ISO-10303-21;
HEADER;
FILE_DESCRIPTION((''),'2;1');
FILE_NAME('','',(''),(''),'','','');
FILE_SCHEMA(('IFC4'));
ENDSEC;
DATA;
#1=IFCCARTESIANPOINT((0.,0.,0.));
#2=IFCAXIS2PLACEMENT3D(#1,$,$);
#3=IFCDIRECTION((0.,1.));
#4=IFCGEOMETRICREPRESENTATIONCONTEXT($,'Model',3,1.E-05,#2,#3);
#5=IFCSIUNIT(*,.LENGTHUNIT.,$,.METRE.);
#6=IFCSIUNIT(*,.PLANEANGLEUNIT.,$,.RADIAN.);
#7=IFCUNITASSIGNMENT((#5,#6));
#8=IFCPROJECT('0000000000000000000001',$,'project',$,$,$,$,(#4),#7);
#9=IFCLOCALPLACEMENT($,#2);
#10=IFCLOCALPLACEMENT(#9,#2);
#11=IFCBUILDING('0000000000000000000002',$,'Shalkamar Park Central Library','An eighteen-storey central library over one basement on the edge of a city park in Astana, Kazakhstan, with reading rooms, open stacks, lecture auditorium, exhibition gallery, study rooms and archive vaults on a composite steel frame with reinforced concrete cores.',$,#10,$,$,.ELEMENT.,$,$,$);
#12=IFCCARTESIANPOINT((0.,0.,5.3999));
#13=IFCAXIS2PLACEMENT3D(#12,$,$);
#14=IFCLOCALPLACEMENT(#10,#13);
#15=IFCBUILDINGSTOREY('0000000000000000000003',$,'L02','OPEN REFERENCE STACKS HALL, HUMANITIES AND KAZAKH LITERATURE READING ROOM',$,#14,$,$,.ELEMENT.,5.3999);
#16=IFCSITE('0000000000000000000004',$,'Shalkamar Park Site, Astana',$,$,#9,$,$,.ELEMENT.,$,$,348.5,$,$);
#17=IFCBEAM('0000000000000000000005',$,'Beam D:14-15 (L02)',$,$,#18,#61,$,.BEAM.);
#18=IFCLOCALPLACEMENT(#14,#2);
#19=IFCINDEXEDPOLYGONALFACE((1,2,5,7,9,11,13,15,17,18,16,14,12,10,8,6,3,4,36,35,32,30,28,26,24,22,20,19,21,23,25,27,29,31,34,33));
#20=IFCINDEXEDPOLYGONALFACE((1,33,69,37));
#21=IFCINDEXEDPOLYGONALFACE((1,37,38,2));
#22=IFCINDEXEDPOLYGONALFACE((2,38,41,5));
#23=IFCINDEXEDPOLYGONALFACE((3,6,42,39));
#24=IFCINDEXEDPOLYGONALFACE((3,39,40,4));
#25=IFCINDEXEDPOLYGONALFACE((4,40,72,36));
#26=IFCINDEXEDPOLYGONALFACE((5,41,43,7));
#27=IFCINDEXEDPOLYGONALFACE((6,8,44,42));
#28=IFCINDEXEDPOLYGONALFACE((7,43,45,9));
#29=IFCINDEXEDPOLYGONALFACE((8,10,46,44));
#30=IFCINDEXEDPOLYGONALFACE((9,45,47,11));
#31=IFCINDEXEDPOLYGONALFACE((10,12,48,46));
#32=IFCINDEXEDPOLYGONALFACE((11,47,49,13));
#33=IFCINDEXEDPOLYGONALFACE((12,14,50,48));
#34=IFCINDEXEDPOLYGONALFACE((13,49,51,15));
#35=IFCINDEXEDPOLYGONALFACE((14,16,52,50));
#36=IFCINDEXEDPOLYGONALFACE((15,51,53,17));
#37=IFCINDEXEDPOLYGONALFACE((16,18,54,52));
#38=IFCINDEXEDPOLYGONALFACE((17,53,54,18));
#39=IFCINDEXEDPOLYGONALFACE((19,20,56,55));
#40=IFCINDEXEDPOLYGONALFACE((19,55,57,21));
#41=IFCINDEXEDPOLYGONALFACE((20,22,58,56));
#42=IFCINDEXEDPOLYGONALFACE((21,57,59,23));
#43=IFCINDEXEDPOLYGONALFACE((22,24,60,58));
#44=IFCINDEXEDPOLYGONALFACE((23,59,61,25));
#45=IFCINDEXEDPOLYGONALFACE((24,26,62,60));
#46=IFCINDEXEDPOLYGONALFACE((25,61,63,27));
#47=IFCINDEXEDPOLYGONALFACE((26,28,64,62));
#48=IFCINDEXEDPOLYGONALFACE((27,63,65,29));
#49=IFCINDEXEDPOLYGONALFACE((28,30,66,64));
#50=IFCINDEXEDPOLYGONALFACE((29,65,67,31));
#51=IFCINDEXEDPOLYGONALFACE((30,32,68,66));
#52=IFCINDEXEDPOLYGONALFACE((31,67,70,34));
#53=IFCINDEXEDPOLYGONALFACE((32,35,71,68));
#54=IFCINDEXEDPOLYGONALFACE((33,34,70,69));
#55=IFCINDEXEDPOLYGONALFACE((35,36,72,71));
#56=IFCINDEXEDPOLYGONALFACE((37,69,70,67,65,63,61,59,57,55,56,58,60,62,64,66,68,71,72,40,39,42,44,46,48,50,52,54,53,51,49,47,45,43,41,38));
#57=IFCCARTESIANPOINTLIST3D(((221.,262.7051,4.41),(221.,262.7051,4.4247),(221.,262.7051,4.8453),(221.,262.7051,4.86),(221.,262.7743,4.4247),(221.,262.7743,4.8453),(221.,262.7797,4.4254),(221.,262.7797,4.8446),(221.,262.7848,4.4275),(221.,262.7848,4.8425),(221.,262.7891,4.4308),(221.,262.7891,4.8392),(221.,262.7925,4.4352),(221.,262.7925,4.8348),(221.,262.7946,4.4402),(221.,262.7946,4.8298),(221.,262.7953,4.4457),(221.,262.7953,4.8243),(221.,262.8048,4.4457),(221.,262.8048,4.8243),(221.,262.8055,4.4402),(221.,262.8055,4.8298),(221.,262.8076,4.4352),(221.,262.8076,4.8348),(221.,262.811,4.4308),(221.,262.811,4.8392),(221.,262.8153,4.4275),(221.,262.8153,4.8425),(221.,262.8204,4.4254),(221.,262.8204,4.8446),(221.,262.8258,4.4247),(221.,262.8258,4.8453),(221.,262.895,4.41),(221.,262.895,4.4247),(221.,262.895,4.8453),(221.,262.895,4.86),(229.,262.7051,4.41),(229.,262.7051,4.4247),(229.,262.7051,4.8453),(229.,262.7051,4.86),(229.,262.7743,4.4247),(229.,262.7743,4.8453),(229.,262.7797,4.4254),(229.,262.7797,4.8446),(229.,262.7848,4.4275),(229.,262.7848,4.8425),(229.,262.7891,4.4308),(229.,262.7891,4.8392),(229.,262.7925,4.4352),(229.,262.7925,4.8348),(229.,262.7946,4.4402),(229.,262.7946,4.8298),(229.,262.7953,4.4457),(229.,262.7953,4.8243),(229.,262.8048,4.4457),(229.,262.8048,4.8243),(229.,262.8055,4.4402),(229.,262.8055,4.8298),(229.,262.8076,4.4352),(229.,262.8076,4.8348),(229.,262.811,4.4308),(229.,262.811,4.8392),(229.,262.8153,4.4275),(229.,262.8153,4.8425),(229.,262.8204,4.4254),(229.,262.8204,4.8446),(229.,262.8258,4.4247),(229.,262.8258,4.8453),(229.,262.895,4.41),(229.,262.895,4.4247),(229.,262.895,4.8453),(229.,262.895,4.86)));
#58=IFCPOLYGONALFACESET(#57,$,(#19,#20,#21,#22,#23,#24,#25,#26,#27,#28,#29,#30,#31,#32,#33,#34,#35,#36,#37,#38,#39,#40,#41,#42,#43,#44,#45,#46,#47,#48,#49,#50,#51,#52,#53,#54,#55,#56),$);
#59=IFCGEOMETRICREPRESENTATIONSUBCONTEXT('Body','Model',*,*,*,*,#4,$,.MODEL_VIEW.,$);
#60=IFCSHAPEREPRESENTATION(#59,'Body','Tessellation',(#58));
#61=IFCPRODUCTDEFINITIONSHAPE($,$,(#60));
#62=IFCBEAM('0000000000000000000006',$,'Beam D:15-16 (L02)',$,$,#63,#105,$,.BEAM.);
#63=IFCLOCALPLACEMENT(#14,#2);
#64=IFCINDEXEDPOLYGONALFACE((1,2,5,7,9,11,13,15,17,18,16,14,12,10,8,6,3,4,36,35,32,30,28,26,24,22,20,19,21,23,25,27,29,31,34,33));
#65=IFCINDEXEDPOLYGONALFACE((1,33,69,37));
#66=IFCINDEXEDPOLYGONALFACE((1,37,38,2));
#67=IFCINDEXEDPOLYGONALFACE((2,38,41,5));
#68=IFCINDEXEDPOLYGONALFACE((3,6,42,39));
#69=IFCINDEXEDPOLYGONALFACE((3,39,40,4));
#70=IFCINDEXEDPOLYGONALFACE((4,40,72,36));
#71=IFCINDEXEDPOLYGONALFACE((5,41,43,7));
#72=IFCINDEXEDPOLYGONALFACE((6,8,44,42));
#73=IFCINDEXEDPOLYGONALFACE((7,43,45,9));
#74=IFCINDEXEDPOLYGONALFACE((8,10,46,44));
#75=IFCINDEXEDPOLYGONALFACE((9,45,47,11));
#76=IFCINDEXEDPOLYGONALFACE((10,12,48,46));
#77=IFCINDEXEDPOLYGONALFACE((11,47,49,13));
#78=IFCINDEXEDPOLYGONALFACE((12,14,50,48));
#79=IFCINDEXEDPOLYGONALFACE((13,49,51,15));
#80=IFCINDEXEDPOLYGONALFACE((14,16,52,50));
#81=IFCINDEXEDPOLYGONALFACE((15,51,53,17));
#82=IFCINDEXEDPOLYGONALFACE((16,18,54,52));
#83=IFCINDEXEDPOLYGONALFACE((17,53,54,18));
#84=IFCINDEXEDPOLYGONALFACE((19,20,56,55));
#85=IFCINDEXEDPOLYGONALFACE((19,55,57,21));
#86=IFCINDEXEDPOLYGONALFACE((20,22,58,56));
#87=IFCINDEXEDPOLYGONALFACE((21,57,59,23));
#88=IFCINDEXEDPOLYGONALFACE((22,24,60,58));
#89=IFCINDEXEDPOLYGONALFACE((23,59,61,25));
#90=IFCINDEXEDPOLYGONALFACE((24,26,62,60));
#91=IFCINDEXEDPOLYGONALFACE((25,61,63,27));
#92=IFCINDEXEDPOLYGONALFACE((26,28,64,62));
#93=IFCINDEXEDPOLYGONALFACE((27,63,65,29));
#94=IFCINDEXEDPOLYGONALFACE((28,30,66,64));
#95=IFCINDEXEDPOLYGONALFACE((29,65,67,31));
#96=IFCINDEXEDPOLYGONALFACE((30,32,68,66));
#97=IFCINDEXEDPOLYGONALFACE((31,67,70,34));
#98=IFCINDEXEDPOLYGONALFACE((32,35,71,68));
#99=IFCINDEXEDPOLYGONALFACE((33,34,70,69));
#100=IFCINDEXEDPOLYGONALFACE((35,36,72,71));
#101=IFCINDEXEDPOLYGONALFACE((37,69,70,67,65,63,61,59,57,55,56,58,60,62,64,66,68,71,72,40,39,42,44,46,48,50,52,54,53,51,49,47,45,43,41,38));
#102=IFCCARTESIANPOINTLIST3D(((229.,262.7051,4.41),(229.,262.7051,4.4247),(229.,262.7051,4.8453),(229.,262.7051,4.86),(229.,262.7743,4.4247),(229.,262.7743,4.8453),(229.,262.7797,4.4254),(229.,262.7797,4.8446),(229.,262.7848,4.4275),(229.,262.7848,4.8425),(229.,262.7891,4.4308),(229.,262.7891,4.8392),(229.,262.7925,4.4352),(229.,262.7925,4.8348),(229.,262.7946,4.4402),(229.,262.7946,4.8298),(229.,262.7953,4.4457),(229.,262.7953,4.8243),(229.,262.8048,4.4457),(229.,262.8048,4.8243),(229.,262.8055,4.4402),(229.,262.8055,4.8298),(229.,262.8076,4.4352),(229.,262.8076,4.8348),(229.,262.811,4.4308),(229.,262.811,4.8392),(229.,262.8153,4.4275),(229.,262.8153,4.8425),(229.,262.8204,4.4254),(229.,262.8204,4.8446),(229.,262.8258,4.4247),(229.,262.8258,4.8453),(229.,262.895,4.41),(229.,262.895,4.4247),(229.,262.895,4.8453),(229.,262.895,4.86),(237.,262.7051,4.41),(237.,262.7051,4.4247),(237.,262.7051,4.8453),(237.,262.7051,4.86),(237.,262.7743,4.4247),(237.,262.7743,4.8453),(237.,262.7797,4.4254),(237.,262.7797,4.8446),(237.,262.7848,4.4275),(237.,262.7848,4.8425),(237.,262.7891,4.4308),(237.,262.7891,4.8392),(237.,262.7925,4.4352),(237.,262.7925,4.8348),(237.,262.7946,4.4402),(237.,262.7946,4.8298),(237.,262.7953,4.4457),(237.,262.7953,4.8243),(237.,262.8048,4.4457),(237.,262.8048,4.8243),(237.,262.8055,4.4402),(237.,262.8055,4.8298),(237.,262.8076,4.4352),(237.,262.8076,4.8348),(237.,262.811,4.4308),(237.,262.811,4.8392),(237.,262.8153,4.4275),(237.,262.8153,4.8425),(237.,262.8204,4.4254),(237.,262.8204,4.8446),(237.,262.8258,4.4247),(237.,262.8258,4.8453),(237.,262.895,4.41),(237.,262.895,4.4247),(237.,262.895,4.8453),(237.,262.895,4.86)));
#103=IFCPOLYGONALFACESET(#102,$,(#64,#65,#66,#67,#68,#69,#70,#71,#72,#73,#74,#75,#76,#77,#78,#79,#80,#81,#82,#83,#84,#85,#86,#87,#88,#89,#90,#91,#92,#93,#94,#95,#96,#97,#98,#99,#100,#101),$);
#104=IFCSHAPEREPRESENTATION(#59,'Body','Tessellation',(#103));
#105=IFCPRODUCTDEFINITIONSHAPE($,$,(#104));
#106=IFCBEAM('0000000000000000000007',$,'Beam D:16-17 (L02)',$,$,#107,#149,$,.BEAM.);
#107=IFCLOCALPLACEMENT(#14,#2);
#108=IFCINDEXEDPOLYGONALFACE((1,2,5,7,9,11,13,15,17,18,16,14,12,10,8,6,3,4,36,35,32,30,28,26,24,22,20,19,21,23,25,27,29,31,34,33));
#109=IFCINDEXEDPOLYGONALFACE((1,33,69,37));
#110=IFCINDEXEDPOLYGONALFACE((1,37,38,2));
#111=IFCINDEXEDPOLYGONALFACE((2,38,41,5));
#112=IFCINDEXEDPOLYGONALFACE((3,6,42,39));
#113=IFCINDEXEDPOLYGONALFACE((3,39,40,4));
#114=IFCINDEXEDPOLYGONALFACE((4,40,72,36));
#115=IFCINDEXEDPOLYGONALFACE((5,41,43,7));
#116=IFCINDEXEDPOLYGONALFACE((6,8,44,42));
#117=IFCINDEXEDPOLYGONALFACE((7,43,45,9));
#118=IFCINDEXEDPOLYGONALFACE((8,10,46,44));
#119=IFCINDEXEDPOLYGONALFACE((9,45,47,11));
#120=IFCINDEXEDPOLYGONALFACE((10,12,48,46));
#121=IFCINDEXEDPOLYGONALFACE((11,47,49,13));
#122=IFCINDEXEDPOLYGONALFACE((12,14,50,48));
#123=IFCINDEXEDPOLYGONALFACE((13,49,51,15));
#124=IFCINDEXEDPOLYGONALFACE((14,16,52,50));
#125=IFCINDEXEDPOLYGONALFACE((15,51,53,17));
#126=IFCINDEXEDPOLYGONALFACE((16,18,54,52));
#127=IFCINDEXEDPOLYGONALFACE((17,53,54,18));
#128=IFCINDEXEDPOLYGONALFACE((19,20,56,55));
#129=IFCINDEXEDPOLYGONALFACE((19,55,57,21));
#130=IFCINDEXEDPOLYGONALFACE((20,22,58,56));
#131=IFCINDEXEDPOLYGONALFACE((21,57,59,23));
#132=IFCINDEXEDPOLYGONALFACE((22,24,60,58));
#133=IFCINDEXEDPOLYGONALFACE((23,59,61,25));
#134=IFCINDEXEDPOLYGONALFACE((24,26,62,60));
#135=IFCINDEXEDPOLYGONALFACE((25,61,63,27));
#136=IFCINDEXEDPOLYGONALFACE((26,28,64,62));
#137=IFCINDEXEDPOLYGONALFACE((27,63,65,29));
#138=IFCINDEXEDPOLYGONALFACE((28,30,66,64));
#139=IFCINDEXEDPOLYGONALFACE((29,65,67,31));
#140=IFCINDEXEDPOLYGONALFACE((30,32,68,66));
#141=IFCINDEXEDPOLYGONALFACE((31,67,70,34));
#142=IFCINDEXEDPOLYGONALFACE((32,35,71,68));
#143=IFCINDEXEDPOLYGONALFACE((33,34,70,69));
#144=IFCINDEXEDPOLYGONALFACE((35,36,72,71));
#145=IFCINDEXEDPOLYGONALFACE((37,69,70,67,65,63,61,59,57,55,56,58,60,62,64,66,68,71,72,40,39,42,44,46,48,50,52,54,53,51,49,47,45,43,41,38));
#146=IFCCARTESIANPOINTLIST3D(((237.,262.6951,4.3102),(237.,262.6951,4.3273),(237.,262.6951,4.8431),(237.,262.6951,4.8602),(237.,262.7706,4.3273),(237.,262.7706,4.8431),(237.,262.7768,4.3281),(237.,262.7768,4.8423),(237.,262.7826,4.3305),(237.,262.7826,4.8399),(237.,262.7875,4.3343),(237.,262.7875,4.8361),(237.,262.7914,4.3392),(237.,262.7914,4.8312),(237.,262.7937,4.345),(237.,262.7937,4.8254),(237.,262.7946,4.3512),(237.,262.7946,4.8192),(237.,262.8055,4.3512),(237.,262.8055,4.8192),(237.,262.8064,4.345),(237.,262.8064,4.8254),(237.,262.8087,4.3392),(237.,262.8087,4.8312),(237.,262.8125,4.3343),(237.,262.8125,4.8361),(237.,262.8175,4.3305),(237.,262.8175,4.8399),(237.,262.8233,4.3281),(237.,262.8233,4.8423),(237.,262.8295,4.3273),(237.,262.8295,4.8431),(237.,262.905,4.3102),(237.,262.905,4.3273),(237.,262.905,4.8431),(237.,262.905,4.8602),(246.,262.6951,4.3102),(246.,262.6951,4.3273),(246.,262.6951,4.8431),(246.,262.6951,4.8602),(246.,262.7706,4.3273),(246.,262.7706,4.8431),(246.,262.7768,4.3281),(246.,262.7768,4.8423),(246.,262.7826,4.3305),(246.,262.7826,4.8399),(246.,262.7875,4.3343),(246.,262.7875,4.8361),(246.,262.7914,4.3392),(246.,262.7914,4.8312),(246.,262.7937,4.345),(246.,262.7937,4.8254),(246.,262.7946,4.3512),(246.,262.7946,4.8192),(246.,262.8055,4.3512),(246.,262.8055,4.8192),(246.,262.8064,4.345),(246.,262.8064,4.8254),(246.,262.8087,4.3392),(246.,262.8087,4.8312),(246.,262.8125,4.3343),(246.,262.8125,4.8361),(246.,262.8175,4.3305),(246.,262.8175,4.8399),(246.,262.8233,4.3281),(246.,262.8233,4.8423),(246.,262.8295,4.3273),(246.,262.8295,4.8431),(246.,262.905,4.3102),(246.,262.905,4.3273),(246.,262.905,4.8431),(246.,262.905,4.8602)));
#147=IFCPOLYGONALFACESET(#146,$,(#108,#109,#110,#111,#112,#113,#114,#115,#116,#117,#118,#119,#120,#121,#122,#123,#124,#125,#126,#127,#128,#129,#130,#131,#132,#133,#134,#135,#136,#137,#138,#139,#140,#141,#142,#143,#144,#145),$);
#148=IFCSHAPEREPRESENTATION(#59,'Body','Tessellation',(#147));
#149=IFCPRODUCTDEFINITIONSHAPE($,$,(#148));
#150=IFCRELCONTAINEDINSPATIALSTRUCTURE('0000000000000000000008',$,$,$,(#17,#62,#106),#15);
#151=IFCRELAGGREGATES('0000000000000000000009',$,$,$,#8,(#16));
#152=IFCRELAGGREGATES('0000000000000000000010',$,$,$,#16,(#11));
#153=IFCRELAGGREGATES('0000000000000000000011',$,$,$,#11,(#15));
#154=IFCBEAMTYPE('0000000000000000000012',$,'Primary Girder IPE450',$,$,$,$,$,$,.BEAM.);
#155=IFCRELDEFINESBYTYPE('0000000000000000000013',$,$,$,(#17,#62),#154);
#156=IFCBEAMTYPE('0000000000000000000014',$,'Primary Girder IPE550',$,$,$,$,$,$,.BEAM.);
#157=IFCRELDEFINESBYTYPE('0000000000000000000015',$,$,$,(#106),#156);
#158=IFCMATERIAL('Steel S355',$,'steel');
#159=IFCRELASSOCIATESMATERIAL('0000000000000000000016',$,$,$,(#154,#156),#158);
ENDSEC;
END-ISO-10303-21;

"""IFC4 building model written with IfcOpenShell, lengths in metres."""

from ifc_helpers import new_model, si_unit, direction, frame, origin, origin_2d, place, context, subcontext, project, spatial, i_section, extrude, material, material_profile, profile_set, type_object, element, save


model = new_model("IFC4")

# Units and contexts
model_context = context("Model", 3, precision=1e-05, world=origin(), true_north=direction((0.0, 1.0)))
body_context = subcontext(model_context, "Body", "Model", "MODEL_VIEW")
ifc_project = project(units=[si_unit("LENGTHUNIT", "METRE"), si_unit("PLANEANGLEUNIT", "RADIAN")], contexts=[model_context])

# Site, building, storey
site_placement = place(None, origin())
site = spatial("IfcSite", under=ifc_project, at=site_placement, Name="Shalkamar Park Site, Astana", CompositionType="ELEMENT", RefElevation=348.5)
building_placement = place(site_placement, origin())
building = spatial("IfcBuilding", under=site, at=building_placement, Name="Shalkamar Park Central Library", Description="An eighteen-storey central library over one basement on the edge of a city park in Astana, Kazakhstan, with reading rooms, open stacks, lecture auditorium, exhibition gallery, study rooms and archive vaults on a composite steel frame with reinforced concrete cores.", CompositionType="ELEMENT")
storey_placement = place(building_placement, frame((0.0, 0.0, 5.3999)))
storey = spatial("IfcBuildingStorey", under=building, at=storey_placement, Name="L02", Description="OPEN REFERENCE STACKS HALL, HUMANITIES AND KAZAKH LITERATURE READING ROOM", CompositionType="ELEMENT", Elevation=5.3999)

# Shared definitions
ifc_material_1 = material(Name="Steel S355", Category="steel")

# Beams
ifc_material_profile_1 = material_profile(ifc_material_1, i_section(OverallWidth=0.1899, OverallDepth=0.45, WebThickness=0.0095, FlangeThickness=0.0146, FilletRadius=0.021, at=origin_2d()), Name="IPE 450")
ifc_profile_set_1 = profile_set([ifc_material_profile_1], Name="Steel S355")
beam_type_1 = type_object("IfcBeamType", Name="Primary Girder IPE450", PredefinedType="BEAM", material=ifc_profile_set_1)
for number, where, z_axis, x_axis, name in (
    (1, (221.0, 262.8, 4.635), (1.0, 0.0, 0.0), (0.0, 1.0, 0.0), "Beam D:14-15 (L02)"),
    (2, (229.0, 262.8, 4.635), (1.0, 0.0, 0.0), (0.0, 1.0, 0.0), "Beam D:15-16 (L02)"),
):
    element("IfcBeam", number, at=place(storey_placement, frame(where, z_axis=z_axis, x_axis=x_axis)), inside=storey, type_object=beam_type_1, Name=name, PredefinedType="BEAM", context=body_context, shape_type="SweptSolid", body=[
        extrude(i_section(OverallWidth=0.1899, OverallDepth=0.45, WebThickness=0.0095, FlangeThickness=0.0146, FilletRadius=0.021, at=origin_2d()), origin(), (0.0, 0.0, 1.0), 8.0),
    ])
ifc_material_profile_2 = material_profile(ifc_material_1, i_section(OverallWidth=0.21, OverallDepth=0.55, WebThickness=0.011, FlangeThickness=0.0171, FilletRadius=0.0239, at=origin_2d()), Name="IPE 550")
ifc_profile_set_2 = profile_set([ifc_material_profile_2], Name="Steel S355")
beam_type_2 = type_object("IfcBeamType", Name="Primary Girder IPE550", PredefinedType="BEAM", material=ifc_profile_set_2)
beam_1_placement = place(storey_placement, frame((237.0, 262.8, 4.5852), z_axis=(1.0, 0.0, 0.0), x_axis=(0.0, 1.0, 0.0)))
element("IfcBeam", 3, at=beam_1_placement, inside=storey, type_object=beam_type_2, Name="Beam D:16-17 (L02)", PredefinedType="BEAM", context=body_context, shape_type="SweptSolid", body=[
    extrude(i_section(OverallWidth=0.21, OverallDepth=0.55, WebThickness=0.011, FlangeThickness=0.0171, FilletRadius=0.0239, at=origin_2d()), origin(), (0.0, 0.0, 1.0), 9.0),
])

save(model, "model.ifc")
